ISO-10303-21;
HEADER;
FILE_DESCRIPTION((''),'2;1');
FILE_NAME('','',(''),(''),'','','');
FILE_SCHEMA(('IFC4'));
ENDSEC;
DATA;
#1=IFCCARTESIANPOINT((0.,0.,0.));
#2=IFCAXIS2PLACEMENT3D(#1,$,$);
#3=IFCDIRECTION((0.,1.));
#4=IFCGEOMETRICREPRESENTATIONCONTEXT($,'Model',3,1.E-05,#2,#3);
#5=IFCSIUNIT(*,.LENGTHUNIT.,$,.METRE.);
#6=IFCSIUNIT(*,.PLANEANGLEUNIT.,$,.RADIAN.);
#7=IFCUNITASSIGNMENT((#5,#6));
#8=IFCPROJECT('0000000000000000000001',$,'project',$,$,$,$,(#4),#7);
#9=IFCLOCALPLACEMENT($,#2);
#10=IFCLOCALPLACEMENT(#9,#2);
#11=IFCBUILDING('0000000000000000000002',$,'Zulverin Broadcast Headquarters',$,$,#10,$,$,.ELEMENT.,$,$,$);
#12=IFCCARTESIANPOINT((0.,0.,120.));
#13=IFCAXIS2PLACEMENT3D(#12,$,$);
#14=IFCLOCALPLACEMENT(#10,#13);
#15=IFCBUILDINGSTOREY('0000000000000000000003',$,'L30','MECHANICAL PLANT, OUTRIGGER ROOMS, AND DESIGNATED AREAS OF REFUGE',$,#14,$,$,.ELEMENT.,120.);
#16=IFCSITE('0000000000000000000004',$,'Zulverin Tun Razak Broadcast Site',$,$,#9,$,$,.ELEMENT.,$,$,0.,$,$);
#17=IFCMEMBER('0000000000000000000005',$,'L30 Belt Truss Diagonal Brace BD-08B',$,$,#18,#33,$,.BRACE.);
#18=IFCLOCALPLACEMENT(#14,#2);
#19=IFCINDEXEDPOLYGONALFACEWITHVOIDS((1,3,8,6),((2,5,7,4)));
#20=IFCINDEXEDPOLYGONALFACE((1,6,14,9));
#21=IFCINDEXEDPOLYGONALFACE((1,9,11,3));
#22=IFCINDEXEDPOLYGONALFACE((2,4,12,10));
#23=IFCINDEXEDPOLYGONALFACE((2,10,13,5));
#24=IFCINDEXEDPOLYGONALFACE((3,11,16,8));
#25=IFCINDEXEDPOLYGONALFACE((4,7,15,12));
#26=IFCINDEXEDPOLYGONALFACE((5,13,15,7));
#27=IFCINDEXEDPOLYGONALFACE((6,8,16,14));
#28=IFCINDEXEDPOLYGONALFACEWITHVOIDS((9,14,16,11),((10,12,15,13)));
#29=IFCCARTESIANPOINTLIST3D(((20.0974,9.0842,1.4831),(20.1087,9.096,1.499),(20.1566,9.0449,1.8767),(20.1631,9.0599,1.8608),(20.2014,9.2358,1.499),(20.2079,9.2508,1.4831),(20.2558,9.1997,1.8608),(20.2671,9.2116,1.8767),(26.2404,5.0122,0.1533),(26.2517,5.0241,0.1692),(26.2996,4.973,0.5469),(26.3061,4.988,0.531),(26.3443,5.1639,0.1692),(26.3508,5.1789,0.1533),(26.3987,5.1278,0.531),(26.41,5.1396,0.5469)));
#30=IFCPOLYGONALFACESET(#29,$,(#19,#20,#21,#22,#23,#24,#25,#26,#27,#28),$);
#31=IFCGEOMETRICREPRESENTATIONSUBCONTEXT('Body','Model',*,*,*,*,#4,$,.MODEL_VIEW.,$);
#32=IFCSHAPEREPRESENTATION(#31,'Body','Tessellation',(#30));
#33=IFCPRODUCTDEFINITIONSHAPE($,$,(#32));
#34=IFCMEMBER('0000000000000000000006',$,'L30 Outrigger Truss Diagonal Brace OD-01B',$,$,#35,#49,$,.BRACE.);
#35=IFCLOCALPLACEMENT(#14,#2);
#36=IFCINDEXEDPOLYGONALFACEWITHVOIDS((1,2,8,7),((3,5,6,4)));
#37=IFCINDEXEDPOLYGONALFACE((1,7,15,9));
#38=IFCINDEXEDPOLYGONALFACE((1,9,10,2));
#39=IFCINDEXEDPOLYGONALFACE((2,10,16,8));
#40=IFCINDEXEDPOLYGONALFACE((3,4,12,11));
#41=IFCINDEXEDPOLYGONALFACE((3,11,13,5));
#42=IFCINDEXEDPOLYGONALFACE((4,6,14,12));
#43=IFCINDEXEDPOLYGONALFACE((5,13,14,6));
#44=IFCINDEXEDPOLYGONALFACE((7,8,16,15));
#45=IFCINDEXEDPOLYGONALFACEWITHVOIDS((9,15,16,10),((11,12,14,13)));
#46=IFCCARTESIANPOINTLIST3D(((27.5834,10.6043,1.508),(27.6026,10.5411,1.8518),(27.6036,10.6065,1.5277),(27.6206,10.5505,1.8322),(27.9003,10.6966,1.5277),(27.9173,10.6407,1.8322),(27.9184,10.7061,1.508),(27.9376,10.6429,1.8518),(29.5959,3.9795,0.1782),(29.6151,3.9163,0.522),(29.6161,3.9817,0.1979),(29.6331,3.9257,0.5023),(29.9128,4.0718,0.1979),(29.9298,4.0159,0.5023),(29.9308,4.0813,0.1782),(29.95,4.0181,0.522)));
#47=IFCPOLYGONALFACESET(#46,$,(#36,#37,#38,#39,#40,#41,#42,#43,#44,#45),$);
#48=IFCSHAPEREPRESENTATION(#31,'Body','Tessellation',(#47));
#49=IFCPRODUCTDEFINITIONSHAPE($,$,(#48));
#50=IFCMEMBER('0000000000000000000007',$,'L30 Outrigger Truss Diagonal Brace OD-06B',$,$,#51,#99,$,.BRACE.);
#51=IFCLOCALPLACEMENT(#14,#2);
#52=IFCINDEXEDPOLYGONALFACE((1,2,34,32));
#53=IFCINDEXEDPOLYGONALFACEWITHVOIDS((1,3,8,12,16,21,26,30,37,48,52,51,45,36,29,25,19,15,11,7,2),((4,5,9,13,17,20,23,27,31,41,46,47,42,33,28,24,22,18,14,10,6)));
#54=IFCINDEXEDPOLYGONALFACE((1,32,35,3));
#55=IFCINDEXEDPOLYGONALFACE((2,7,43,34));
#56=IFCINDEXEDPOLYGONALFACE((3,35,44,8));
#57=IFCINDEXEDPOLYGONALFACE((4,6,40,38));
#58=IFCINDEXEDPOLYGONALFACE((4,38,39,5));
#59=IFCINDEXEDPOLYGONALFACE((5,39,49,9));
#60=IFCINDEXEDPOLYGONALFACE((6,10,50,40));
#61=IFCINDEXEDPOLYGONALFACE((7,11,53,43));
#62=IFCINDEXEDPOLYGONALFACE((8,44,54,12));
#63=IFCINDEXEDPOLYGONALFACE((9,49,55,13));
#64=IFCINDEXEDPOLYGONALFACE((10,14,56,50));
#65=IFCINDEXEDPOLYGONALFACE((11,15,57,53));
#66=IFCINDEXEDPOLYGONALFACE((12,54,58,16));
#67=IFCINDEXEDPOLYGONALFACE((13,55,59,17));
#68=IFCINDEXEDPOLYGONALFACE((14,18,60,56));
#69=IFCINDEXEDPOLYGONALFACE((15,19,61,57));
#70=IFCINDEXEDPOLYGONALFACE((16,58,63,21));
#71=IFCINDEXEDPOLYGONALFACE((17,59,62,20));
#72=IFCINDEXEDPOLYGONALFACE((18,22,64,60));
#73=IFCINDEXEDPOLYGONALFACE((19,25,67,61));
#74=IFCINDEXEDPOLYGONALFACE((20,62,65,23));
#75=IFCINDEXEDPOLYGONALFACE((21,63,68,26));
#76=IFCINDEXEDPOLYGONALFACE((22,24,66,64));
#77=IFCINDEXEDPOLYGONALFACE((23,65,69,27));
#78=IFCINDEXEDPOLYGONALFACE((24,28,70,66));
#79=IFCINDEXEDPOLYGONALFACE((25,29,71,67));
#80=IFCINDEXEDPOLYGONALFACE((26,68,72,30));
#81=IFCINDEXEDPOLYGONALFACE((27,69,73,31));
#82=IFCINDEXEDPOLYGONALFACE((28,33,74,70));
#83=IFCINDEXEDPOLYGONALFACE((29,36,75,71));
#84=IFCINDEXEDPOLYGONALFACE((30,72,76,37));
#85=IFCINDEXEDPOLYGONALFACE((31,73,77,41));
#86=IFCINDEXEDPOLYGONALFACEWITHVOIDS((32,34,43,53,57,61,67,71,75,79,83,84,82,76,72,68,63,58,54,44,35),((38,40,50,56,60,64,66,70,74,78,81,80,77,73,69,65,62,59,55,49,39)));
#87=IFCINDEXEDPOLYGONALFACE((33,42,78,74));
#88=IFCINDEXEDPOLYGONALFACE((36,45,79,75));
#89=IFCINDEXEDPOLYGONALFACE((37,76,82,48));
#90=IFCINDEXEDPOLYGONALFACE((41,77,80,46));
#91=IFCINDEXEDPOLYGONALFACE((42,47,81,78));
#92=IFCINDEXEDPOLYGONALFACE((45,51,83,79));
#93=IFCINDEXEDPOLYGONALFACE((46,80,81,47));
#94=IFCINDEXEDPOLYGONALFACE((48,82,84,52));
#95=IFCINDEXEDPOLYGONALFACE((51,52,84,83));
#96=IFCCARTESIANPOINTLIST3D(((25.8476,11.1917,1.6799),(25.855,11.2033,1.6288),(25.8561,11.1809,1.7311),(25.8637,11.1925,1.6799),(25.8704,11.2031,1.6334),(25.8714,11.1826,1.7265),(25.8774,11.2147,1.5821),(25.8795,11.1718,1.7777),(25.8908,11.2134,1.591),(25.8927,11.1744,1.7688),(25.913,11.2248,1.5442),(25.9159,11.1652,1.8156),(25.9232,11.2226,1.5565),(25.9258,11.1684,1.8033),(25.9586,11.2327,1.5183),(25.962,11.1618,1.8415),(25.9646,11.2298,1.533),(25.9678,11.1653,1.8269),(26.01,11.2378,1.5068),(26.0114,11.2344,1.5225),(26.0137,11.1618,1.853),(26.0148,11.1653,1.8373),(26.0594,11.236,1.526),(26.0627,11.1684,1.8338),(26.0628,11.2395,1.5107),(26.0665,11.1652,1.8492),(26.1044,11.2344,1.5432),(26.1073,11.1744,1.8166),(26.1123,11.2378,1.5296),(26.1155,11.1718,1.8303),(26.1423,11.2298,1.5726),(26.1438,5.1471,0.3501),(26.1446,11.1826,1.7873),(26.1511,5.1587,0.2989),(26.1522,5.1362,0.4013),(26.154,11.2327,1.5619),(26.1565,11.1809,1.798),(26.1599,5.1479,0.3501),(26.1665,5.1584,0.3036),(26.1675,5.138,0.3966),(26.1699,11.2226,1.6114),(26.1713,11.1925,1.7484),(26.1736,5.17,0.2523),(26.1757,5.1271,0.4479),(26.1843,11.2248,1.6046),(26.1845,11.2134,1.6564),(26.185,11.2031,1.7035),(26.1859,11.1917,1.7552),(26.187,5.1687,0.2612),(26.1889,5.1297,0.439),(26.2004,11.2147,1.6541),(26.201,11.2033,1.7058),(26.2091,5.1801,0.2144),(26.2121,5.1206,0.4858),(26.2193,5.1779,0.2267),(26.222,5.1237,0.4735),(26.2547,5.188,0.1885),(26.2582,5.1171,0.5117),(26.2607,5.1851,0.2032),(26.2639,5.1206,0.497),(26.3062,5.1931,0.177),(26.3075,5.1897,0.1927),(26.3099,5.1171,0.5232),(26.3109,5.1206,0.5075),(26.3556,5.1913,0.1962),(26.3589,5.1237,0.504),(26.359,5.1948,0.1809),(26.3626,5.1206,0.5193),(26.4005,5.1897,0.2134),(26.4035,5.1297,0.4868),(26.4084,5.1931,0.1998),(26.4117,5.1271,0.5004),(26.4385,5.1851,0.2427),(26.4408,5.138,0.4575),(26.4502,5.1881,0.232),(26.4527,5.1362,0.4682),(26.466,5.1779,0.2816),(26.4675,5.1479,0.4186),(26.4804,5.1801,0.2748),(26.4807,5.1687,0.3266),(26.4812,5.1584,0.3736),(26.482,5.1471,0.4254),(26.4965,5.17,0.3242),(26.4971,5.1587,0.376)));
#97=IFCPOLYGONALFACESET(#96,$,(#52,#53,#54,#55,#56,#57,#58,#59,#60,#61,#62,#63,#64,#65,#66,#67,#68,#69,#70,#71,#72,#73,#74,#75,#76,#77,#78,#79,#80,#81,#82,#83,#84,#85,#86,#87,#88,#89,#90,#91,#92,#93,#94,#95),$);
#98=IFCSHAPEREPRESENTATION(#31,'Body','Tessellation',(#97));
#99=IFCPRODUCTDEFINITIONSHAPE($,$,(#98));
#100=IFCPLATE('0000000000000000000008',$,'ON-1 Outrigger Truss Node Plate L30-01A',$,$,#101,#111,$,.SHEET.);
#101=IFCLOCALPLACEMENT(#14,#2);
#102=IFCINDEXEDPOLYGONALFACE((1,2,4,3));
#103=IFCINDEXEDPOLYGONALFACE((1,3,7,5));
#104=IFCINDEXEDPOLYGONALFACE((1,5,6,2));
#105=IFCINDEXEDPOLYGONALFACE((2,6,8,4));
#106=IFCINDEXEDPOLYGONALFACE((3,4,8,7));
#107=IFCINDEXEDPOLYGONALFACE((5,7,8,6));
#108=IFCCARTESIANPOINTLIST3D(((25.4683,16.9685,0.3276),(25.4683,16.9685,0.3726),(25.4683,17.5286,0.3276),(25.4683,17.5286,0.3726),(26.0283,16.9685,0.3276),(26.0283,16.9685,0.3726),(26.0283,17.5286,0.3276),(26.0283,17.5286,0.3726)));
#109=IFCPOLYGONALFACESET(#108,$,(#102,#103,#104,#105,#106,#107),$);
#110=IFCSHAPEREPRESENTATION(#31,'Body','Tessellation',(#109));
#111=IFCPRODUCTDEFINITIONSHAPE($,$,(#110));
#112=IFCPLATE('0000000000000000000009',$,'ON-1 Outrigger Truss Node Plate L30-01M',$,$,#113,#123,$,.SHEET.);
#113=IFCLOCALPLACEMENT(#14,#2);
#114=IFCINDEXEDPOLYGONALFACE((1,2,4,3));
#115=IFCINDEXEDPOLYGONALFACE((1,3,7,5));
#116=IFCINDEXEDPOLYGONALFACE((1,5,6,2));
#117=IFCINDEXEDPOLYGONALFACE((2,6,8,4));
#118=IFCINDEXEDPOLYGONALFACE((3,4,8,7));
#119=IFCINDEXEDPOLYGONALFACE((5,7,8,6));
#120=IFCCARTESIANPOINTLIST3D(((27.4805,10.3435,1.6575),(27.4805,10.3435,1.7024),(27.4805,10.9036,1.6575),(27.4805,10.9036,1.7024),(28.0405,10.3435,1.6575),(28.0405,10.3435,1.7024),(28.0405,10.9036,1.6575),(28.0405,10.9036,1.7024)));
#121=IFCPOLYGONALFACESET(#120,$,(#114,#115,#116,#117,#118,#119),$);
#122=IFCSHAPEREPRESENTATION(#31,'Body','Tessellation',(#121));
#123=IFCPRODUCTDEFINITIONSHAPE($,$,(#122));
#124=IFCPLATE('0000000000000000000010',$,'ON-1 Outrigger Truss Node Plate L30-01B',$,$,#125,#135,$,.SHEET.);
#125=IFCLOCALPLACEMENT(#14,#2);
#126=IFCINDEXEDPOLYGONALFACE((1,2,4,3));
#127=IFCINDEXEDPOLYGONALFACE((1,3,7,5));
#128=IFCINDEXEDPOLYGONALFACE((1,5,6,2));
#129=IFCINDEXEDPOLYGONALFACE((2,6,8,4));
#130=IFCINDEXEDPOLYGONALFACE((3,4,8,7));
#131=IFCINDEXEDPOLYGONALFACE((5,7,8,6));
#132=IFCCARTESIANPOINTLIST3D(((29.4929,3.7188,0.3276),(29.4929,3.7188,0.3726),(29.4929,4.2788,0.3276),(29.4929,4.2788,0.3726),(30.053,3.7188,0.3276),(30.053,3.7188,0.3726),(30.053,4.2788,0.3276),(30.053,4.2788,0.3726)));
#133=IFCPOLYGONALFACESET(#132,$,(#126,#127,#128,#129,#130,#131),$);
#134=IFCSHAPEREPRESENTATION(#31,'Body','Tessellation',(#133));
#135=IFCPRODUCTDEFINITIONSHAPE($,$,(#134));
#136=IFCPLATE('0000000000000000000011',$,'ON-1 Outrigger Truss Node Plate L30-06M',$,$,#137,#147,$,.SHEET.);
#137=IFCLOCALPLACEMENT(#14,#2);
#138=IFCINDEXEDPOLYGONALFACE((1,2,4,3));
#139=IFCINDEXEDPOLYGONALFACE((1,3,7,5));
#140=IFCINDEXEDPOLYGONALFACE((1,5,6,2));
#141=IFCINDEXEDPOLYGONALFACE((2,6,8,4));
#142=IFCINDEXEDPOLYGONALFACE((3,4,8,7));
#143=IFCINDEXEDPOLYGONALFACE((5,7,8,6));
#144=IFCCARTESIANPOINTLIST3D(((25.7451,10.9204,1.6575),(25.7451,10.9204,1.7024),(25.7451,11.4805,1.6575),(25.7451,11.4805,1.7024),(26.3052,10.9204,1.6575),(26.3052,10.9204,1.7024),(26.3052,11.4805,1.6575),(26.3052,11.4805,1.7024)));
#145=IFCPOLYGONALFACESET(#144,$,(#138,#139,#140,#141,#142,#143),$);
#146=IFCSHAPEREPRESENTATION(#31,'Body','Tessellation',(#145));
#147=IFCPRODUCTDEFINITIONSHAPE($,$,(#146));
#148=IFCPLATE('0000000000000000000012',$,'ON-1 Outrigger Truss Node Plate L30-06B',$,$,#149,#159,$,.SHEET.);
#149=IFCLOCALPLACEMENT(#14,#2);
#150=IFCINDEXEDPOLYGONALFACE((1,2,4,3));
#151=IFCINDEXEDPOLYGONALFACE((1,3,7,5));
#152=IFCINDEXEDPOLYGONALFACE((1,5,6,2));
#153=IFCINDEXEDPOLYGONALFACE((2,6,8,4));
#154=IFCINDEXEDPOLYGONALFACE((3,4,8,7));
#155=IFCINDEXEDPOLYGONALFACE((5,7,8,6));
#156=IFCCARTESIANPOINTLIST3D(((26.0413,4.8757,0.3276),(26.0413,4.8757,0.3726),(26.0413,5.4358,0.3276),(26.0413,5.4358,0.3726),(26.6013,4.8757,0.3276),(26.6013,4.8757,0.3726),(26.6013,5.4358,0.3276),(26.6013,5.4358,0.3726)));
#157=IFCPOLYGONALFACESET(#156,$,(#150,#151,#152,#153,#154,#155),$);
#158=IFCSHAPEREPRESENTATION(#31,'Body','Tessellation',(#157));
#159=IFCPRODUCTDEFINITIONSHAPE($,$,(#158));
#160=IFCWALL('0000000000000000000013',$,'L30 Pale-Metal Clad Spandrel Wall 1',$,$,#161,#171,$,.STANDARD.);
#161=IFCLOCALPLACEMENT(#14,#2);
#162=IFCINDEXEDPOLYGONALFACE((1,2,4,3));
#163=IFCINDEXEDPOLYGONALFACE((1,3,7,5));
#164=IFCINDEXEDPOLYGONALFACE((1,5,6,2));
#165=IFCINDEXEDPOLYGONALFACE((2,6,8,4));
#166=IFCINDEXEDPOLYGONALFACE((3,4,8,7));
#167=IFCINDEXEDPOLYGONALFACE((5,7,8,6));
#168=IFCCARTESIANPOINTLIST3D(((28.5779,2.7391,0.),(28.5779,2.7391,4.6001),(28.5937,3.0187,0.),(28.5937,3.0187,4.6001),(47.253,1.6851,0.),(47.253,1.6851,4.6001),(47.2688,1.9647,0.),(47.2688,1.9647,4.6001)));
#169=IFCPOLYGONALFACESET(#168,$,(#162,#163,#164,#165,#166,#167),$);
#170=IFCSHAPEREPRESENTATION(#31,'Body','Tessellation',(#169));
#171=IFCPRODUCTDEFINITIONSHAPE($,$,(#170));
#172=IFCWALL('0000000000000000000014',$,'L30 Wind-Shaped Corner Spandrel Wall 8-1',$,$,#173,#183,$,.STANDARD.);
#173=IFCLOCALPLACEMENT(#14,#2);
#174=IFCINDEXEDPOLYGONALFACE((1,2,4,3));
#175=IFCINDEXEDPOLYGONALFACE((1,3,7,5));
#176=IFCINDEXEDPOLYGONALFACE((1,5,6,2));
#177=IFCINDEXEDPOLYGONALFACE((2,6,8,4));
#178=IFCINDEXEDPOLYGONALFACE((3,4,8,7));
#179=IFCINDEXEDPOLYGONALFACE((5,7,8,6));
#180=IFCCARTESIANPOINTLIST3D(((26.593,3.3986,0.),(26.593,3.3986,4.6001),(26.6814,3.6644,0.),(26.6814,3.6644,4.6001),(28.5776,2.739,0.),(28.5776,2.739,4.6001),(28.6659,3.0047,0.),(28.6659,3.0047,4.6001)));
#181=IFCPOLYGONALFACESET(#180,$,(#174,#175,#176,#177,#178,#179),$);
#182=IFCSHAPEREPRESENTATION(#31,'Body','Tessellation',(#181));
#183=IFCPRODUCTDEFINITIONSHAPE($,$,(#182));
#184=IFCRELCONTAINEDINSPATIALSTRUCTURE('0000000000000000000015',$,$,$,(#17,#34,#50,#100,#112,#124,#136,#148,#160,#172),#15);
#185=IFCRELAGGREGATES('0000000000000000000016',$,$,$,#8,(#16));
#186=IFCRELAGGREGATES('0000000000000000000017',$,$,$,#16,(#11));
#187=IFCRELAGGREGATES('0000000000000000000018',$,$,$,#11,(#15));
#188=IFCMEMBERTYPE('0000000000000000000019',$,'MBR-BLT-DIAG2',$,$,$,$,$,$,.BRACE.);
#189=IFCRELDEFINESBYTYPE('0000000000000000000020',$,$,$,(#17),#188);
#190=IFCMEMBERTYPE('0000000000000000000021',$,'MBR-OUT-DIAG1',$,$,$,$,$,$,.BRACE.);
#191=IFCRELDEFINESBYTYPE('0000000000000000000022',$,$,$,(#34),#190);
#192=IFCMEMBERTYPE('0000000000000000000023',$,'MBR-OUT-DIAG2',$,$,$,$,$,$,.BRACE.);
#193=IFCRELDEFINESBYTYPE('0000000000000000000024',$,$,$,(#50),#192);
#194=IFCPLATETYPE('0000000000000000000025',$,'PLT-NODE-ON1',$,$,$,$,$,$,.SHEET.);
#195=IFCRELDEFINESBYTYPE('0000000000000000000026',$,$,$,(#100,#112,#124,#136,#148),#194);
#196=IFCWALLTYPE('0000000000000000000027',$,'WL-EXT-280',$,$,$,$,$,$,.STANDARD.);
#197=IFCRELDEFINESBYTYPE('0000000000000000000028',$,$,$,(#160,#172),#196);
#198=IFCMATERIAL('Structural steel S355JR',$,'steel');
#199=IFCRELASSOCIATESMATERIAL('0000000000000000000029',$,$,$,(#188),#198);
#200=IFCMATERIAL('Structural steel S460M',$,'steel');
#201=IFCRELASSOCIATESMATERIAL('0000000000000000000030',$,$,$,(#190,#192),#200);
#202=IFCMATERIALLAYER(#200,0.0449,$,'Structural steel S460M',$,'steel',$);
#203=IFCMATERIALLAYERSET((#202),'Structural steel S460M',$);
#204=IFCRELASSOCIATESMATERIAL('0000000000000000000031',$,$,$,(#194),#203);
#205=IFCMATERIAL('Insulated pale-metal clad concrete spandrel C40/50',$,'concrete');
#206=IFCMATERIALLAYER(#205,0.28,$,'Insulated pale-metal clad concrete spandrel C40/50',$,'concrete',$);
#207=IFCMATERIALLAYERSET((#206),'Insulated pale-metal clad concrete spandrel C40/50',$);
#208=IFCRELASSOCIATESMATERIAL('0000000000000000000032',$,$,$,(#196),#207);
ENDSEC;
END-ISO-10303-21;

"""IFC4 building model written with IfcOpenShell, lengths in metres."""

from ifc_helpers import new_model, si_unit, direction, frame, frame_2d, origin, origin_2d, place, context, subcontext, project, spatial, rectangle, hollow_rectangle, hollow_circle, extrude, material, layer, layer_set, material_profile, profile_set, type_object, element, save


model = new_model("IFC4")

# Units and contexts
model_context = context("Model", 3, precision=1e-05, world=origin(), true_north=direction((0.0, 1.0)))
body_context = subcontext(model_context, "Body", "Model", "MODEL_VIEW")
ifc_project = project(units=[si_unit("LENGTHUNIT", "METRE"), si_unit("PLANEANGLEUNIT", "RADIAN")], contexts=[model_context])

# Site, building, storey
site_placement = place(None, origin())
site = spatial("IfcSite", under=ifc_project, at=site_placement, Name="Zulverin Tun Razak Broadcast Site", CompositionType="ELEMENT", RefElevation=0.0)
building_placement = place(site_placement, origin())
building = spatial("IfcBuilding", under=site, at=building_placement, Name="Zulverin Broadcast Headquarters", CompositionType="ELEMENT")
storey_placement = place(building_placement, frame((0.0, 0.0, 120.0)))
storey = spatial("IfcBuildingStorey", under=building, at=storey_placement, Name="L30", Description="MECHANICAL PLANT, OUTRIGGER ROOMS, AND DESIGNATED AREAS OF REFUGE", CompositionType="ELEMENT", Elevation=120.0)

# Shared definitions
ifc_material_1 = material(Name="Structural steel S355JR", Category="steel")

# Members
ifc_material_profile_1 = material_profile(ifc_material_1, hollow_rectangle(XDim=0.2, YDim=0.3999, WallThickness=0.0161, at=origin_2d()), Name="Structural steel S355JR", Category="steel")
ifc_profile_set_1 = profile_set([ifc_material_profile_1], Name="Structural steel S355JR")
member_type_1 = type_object("IfcMemberType", Name="MBR-BLT-DIAG2", PredefinedType="BRACE", material=ifc_profile_set_1)
member_1_placement = place(storey_placement, frame((26.3252, 5.0759, 0.3501), z_axis=(-0.820264, 0.543724, 0.177569), x_axis=(-0.552504, -0.83351, 0.0)))
element("IfcMember", 1, at=member_1_placement, inside=storey, type_object=member_type_1, Name="L30 Belt Truss Diagonal Brace BD-08B", PredefinedType="BRACE", context=body_context, shape_type="SweptSolid", body=[
    extrude(hollow_rectangle(XDim=0.2, YDim=0.3999, WallThickness=0.0161, at=origin_2d()), origin(), (0.0, 0.0, 1.0), 7.489),
])
ifc_material_2 = material(Name="Structural steel S460M", Category="steel")
ifc_material_profile_2 = material_profile(ifc_material_2, hollow_rectangle(XDim=0.3501, YDim=0.3501, WallThickness=0.02, at=origin_2d()), Name="Structural steel S460M", Category="steel")
ifc_profile_set_2 = profile_set([ifc_material_profile_2], Name="Structural steel S460M")
member_type_2 = type_object("IfcMemberType", Name="MBR-OUT-DIAG1", PredefinedType="BRACE", material=ifc_profile_set_2)
member_2_placement = place(storey_placement, frame((29.7729, 3.9988, 0.3501), z_axis=(-0.285445, 0.93965, 0.188623), x_axis=(-0.956826, -0.290662, 0.0)))
element("IfcMember", 2, at=member_2_placement, inside=storey, type_object=member_type_2, Name="L30 Outrigger Truss Diagonal Brace OD-01B", PredefinedType="BRACE", context=body_context, shape_type="SweptSolid", body=[
    extrude(hollow_rectangle(XDim=0.3501, YDim=0.3501, WallThickness=0.02, at=origin_2d()), origin(), (0.0, 0.0, 1.0), 7.0503),
])
ifc_material_profile_3 = material_profile(ifc_material_2, hollow_circle(Radius=0.1777, WallThickness=0.0161, at=origin_2d()), Name="Structural steel S460M", Category="steel")
ifc_profile_set_3 = profile_set([ifc_material_profile_3], Name="Structural steel S460M")
member_type_3 = type_object("IfcMemberType", Name="MBR-OUT-DIAG2", PredefinedType="BRACE", material=ifc_profile_set_3)
member_3_placement = place(storey_placement, frame((26.3213, 5.1558, 0.3501), z_axis=(-0.047793, 0.975528, 0.214617), x_axis=(-0.998802, -0.048934, 0.0)))
element("IfcMember", 3, at=member_3_placement, inside=storey, type_object=member_type_3, Name="L30 Outrigger Truss Diagonal Brace OD-06B", PredefinedType="BRACE", context=body_context, shape_type="SweptSolid", body=[
    extrude(hollow_circle(Radius=0.1777, WallThickness=0.0161, at=origin_2d()), origin(), (0.0, 0.0, 1.0), 6.1963),
])

# Plates
ifc_layer_1 = layer(ifc_material_2, 0.0449, Name="Structural steel S460M", Category="steel")
ifc_layer_set_1 = layer_set([ifc_layer_1], Name="Structural steel S460M")
plate_type = type_object("IfcPlateType", Name="PLT-NODE-ON1", PredefinedType="SHEET", material=ifc_layer_set_1)
for number, where, z_axis, x_axis, name in (
    (4, (25.7483, 17.2485, 0.3276), (0.0, 0.0, 1.0), (1.0, 0.0, 0.0), "ON-1 Outrigger Truss Node Plate L30-01A"),
    (5, (27.7605, 10.6235, 1.6575), (0.0, 0.0, 1.0), (1.0, 0.0, 0.0), "ON-1 Outrigger Truss Node Plate L30-01M"),
    (6, (29.7729, 3.9988, 0.3276), (0.0, 0.0, 1.0), (1.0, 0.0, 0.0), "ON-1 Outrigger Truss Node Plate L30-01B"),
    (7, (26.0251, 11.2004, 1.6575), (0.0, 0.0, 1.0), (1.0, 0.0, 0.0), "ON-1 Outrigger Truss Node Plate L30-06M"),
    (8, (26.3213, 5.1558, 0.3276), (0.0, 0.0, 1.0), (1.0, 0.0, 0.0), "ON-1 Outrigger Truss Node Plate L30-06B"),
):
    element("IfcPlate", number, at=place(storey_placement, frame(where, z_axis=z_axis, x_axis=x_axis)), inside=storey, type_object=plate_type, Name=name, PredefinedType="SHEET", context=body_context, shape_type="SweptSolid", body=[
        extrude(rectangle(XDim=0.5601, YDim=0.5601, at=origin_2d()), origin(), (0.0, 0.0, 1.0), 0.0449),
    ])

# Walls
ifc_material_3 = material(Name="Insulated pale-metal clad concrete spandrel C40/50", Category="concrete")
ifc_layer_2 = layer(ifc_material_3, 0.28, Name="Insulated pale-metal clad concrete spandrel C40/50", Category="concrete")
ifc_layer_set_2 = layer_set([ifc_layer_2], Name="Insulated pale-metal clad concrete spandrel C40/50")
wall_type = type_object("IfcWallType", Name="WL-EXT-280", PredefinedType="STANDARD", material=ifc_layer_set_2)
wall_1_placement = place(storey_placement, frame((28.5857, 2.8789, 0.0), z_axis=(0.0, 0.0, 1.0), x_axis=(0.998411, -0.056347, 0.0)))
element("IfcWall", 9, at=wall_1_placement, inside=storey, type_object=wall_type, Name="L30 Pale-Metal Clad Spandrel Wall 1", PredefinedType="STANDARD", context=body_context, shape_type="SweptSolid", body=[
    extrude(rectangle(XDim=18.7048, YDim=0.28, at=frame_2d((9.3525, 0.0))), origin(), (0.0, 0.0, 1.0), 4.6001),
])
wall_2_placement = place(storey_placement, frame((26.6372, 3.5315, 0.0), z_axis=(0.0, 0.0, 1.0), x_axis=(0.948951, -0.315422, 0.0)))
element("IfcWall", 10, at=wall_2_placement, inside=storey, type_object=wall_type, Name="L30 Wind-Shaped Corner Spandrel Wall 8-1", PredefinedType="STANDARD", context=body_context, shape_type="SweptSolid", body=[
    extrude(rectangle(XDim=2.0913, YDim=0.28, at=frame_2d((1.0457, 0.0))), origin(), (0.0, 0.0, 1.0), 4.6001),
])

save(model, "model.ifc")
